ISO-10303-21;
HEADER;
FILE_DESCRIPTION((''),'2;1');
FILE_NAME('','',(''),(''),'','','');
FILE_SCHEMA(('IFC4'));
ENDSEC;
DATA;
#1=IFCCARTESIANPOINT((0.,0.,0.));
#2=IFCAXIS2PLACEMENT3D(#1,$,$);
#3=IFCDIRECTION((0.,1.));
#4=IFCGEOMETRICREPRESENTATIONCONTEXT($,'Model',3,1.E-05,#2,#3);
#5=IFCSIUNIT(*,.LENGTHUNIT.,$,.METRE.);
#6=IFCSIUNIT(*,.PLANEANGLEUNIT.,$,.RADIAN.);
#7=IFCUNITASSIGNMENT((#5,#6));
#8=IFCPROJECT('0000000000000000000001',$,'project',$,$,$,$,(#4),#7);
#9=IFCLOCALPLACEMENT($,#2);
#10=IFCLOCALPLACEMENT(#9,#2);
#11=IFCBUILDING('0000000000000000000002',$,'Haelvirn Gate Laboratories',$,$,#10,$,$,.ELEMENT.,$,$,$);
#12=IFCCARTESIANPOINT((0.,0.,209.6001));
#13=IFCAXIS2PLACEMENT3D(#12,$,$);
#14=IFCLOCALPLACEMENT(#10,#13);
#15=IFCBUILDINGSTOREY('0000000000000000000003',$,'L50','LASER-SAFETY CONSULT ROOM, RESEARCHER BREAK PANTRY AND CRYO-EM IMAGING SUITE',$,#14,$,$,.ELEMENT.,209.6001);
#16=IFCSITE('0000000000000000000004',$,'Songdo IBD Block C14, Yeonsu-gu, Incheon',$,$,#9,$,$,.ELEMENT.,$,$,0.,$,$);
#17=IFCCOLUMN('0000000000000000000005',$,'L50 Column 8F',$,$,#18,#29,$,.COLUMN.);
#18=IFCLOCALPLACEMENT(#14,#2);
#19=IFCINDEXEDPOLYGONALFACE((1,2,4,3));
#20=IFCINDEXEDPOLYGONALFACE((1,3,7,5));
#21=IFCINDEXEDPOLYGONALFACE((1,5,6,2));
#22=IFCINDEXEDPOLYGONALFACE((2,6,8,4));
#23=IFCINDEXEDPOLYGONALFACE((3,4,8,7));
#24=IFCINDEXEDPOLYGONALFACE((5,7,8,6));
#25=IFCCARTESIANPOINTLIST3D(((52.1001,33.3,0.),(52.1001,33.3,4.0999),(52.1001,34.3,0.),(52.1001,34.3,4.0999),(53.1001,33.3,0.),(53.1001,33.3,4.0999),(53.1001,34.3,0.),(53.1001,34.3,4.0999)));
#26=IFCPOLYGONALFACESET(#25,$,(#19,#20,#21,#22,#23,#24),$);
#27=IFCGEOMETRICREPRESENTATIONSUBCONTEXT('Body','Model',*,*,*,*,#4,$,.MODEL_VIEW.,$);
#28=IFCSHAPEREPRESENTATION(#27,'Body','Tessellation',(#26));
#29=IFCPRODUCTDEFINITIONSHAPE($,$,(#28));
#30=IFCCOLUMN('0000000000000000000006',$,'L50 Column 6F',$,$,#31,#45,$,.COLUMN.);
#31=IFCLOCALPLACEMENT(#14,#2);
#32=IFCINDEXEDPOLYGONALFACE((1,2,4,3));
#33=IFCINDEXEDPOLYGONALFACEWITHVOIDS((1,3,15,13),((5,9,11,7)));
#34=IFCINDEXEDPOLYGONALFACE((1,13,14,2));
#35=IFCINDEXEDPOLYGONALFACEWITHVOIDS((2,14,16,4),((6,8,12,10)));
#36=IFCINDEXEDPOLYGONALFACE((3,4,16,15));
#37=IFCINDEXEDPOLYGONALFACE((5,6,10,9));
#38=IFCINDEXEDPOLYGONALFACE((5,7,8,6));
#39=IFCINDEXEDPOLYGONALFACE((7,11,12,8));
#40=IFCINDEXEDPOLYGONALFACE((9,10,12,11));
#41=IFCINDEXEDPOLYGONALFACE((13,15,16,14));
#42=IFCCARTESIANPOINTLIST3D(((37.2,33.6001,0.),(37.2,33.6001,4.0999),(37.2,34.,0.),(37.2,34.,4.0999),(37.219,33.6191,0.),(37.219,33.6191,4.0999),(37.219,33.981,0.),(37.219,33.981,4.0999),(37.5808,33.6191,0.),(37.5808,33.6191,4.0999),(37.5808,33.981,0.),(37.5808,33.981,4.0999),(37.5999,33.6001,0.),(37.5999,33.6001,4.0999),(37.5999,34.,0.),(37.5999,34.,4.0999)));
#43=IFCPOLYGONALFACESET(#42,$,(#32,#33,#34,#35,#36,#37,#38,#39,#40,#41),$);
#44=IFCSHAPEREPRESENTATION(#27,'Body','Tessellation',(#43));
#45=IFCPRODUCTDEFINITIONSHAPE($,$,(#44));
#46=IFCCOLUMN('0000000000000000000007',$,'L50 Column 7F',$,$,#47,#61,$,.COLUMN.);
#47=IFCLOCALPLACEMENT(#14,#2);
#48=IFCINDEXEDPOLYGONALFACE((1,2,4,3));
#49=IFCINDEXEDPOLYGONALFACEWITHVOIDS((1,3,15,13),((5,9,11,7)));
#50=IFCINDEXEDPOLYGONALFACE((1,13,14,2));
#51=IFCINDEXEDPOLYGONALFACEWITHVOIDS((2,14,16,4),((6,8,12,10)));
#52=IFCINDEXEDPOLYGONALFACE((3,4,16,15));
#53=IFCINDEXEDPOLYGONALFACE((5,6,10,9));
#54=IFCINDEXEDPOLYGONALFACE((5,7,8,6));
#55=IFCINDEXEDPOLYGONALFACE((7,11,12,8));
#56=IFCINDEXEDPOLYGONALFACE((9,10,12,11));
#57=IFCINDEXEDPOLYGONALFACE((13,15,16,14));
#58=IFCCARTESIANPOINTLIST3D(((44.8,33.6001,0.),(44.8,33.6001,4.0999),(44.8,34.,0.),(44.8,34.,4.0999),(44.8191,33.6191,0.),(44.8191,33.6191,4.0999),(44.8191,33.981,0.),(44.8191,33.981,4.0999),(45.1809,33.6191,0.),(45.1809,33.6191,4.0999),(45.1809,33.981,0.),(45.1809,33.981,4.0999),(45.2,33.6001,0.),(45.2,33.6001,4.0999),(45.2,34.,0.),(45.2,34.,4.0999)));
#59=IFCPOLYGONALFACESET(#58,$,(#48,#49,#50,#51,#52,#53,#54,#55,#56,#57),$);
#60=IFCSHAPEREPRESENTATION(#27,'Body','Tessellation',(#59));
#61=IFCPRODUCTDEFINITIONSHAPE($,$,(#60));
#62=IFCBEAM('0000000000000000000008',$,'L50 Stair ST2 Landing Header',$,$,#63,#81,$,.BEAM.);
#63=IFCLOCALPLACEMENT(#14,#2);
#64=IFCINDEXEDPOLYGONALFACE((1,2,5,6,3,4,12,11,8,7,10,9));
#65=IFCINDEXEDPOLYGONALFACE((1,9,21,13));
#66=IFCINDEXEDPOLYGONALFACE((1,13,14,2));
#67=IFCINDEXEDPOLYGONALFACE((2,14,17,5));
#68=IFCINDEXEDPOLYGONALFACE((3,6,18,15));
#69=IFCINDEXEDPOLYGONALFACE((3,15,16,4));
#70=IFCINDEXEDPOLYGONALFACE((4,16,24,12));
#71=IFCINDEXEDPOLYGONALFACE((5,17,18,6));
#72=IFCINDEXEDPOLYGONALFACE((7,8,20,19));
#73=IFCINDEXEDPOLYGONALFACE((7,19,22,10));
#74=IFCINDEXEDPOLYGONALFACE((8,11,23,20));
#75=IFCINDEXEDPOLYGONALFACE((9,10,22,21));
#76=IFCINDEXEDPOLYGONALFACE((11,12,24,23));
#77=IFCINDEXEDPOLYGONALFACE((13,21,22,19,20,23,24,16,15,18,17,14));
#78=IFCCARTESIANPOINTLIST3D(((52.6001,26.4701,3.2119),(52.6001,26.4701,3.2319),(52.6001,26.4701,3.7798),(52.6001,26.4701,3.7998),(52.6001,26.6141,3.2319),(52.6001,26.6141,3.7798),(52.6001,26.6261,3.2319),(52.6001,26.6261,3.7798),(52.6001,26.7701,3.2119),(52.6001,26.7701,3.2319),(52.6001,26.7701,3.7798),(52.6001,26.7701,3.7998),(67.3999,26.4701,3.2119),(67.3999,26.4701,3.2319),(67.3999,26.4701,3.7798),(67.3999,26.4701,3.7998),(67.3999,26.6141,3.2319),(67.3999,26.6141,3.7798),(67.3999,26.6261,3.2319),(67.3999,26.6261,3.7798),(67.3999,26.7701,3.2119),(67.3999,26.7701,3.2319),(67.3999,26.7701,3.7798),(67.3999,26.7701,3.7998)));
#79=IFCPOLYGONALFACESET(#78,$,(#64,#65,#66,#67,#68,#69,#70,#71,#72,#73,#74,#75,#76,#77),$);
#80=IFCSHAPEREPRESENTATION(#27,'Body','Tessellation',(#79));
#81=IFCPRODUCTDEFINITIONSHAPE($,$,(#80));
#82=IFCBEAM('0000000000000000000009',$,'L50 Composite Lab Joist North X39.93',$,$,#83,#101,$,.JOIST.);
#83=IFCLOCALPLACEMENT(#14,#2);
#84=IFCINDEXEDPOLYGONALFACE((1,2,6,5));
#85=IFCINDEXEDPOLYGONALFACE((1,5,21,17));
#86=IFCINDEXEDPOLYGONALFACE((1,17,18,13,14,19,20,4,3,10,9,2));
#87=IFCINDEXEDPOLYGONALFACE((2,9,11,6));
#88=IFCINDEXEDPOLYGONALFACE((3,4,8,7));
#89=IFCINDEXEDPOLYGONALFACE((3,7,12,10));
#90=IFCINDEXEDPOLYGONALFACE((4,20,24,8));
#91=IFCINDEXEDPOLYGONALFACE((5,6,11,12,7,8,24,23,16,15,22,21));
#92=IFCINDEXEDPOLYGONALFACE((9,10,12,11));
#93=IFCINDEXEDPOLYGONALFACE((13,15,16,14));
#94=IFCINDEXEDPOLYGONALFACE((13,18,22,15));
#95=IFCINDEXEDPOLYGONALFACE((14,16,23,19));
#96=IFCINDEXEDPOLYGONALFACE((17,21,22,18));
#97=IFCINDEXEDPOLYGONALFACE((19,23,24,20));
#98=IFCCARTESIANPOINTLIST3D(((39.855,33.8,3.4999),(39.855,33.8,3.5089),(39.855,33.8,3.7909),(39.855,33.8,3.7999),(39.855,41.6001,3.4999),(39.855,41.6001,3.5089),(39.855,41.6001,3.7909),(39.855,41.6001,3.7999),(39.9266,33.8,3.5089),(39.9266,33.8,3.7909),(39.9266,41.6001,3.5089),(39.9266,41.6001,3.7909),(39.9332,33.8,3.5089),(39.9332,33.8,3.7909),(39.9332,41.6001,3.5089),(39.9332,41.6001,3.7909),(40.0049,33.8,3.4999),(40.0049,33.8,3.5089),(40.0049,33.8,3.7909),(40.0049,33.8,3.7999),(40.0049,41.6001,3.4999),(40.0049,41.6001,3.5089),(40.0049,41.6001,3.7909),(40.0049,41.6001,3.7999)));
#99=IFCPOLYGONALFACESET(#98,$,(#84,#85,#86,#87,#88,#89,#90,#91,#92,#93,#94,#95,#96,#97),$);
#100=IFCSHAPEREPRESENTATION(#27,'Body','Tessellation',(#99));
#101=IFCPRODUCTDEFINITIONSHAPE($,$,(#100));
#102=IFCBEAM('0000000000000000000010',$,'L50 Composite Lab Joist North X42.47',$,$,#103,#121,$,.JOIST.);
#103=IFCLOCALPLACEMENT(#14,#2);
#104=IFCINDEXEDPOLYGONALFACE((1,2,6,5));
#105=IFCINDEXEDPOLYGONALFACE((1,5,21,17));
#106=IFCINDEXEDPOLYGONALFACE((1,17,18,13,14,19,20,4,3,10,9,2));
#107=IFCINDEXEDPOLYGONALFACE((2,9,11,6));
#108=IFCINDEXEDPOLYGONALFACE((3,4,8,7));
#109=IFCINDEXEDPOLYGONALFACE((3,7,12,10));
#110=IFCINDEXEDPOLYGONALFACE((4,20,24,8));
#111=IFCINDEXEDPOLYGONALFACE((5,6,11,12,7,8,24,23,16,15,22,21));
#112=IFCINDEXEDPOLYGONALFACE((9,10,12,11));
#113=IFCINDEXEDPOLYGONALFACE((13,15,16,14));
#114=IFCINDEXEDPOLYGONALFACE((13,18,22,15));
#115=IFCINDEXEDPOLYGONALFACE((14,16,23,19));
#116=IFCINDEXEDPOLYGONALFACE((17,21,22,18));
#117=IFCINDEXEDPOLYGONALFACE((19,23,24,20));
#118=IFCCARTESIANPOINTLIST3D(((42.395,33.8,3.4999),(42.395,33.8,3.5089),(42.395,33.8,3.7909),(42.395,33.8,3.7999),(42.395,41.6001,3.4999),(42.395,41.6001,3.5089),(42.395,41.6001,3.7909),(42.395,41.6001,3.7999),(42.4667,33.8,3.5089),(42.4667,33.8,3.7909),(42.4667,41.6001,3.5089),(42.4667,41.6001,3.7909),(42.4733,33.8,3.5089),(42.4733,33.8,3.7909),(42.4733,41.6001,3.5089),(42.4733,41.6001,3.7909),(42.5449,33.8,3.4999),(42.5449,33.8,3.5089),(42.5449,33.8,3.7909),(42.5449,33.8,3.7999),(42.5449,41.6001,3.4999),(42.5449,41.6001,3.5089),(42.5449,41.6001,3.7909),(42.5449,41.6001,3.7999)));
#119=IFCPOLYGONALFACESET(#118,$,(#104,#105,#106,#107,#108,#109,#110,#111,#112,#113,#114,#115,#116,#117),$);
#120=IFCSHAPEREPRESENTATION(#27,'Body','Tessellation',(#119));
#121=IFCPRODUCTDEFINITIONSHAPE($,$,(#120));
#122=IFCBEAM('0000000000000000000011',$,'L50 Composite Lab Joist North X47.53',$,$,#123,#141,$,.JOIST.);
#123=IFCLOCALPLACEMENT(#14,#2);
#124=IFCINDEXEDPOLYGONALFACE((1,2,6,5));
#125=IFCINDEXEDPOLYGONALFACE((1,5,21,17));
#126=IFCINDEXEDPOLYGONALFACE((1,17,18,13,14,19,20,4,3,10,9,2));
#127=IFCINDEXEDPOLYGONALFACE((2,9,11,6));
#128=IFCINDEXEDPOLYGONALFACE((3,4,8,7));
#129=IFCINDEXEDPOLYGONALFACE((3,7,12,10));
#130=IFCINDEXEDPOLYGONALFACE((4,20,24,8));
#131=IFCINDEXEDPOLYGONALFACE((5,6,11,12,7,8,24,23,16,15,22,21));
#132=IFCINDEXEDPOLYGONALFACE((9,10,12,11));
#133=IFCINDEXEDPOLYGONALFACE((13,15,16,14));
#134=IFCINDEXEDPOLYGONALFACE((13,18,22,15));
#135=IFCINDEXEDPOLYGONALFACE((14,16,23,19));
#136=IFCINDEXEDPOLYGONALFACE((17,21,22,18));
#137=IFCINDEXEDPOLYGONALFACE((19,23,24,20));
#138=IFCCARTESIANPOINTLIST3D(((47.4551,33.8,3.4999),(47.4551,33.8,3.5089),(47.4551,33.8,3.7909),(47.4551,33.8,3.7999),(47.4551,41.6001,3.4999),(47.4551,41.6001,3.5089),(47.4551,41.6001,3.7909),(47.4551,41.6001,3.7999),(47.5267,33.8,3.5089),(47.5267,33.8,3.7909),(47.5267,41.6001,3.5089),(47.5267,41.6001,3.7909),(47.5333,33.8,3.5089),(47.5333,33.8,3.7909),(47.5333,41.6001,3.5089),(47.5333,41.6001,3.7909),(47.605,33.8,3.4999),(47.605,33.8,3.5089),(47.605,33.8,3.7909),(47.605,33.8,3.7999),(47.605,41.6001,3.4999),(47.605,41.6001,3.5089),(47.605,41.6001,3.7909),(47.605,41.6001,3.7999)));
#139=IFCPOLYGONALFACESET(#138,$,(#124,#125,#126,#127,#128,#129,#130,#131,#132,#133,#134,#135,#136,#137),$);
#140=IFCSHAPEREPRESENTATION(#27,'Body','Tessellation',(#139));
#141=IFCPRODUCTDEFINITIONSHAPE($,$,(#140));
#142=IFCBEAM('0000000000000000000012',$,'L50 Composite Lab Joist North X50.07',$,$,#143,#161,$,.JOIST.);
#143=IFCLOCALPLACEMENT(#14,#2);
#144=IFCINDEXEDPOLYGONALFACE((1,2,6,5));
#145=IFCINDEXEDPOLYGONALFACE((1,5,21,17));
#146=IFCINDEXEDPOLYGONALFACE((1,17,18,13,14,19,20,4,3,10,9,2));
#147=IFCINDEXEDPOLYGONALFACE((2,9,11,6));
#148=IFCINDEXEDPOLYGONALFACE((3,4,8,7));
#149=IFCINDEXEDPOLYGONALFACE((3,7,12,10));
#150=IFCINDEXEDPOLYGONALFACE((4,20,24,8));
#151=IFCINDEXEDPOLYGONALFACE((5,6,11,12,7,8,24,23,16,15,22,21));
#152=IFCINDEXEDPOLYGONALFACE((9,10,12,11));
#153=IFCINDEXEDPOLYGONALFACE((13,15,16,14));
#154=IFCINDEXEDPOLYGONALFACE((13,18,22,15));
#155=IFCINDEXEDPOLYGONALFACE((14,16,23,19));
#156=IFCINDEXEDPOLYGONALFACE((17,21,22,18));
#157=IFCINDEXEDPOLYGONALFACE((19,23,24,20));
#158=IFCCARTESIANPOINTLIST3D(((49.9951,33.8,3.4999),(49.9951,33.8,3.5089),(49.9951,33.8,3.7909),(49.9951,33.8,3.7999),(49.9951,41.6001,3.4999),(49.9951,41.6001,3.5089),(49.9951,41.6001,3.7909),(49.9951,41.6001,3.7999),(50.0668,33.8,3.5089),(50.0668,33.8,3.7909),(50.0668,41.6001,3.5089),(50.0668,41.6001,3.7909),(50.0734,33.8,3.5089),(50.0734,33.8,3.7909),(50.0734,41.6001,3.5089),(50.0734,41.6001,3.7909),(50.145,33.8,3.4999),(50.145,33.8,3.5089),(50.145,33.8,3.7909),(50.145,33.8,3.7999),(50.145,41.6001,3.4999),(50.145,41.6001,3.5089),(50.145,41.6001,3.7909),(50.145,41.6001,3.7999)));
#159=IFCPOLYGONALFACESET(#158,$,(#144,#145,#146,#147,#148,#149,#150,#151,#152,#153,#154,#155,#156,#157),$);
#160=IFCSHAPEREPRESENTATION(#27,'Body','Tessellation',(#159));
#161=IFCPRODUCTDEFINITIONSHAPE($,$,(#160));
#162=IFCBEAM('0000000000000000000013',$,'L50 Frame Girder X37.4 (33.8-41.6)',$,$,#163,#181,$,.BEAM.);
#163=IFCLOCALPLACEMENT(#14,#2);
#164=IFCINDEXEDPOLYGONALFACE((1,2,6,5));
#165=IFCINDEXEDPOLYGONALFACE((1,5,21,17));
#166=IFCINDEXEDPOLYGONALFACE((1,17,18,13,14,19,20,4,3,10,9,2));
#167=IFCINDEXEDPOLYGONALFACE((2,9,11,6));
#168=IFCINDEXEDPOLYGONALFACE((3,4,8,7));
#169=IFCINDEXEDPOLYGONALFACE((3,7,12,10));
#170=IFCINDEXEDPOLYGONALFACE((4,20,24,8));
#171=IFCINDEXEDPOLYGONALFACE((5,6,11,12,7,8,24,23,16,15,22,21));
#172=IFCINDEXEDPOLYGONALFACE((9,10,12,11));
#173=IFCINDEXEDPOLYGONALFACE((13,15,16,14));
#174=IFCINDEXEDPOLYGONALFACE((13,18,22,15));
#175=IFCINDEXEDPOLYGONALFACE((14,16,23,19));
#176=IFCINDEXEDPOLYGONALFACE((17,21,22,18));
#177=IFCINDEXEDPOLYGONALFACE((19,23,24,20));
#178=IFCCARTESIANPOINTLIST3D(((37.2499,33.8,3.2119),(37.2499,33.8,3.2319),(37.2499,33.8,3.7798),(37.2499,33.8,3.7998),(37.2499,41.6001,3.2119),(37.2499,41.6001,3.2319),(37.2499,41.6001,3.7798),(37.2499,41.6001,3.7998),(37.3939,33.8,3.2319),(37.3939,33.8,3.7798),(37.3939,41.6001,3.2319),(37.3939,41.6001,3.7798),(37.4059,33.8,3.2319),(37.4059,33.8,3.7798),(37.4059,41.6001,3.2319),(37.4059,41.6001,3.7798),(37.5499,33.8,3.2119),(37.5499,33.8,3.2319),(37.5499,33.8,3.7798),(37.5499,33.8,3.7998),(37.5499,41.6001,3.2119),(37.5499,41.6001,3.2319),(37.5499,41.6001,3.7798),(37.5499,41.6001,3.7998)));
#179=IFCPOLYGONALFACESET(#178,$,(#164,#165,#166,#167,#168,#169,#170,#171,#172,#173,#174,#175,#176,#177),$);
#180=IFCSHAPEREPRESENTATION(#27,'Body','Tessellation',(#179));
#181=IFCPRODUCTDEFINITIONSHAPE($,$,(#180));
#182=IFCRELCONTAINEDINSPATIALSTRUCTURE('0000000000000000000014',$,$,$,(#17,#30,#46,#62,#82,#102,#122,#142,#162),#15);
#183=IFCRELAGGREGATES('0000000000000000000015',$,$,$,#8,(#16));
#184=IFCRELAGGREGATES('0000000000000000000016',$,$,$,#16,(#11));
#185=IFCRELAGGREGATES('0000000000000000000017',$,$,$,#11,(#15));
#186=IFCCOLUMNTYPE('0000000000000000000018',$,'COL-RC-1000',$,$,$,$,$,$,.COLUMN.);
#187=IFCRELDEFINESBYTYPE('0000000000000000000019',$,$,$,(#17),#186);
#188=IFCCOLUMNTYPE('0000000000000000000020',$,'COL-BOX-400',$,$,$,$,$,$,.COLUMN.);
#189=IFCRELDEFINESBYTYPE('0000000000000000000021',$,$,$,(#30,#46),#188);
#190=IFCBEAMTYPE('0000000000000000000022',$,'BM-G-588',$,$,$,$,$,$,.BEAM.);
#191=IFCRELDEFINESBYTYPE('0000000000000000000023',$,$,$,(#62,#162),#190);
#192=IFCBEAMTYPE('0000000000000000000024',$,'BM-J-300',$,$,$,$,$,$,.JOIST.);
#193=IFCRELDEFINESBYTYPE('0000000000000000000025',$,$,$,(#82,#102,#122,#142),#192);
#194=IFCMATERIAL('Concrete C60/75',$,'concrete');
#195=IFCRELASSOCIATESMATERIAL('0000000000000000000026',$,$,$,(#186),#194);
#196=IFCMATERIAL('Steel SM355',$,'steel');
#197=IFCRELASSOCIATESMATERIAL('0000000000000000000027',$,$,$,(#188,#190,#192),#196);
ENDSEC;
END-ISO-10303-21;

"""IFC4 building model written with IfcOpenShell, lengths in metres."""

from ifc_helpers import new_model, si_unit, direction, frame, origin, origin_2d, place, context, subcontext, project, spatial, rectangle, hollow_rectangle, i_section, extrude, source, transform, mapped, material, material_profile, profile_set, type_object, type_shapes, element, save


model = new_model("IFC4")

# Units and contexts
model_context = context("Model", 3, precision=1e-05, world=origin(), true_north=direction((0.0, 1.0)))
body_context = subcontext(model_context, "Body", "Model", "MODEL_VIEW")
ifc_project = project(units=[si_unit("LENGTHUNIT", "METRE"), si_unit("PLANEANGLEUNIT", "RADIAN")], contexts=[model_context])

# Site, building, storey
site_placement = place(None, origin())
site = spatial("IfcSite", under=ifc_project, at=site_placement, Name="Songdo IBD Block C14, Yeonsu-gu, Incheon", CompositionType="ELEMENT", RefElevation=0.0)
building_placement = place(site_placement, origin())
building = spatial("IfcBuilding", under=site, at=building_placement, Name="Haelvirn Gate Laboratories", CompositionType="ELEMENT")
storey_placement = place(building_placement, frame((0.0, 0.0, 209.6001)))
storey = spatial("IfcBuildingStorey", under=building, at=storey_placement, Name="L50", Description="LASER-SAFETY CONSULT ROOM, RESEARCHER BREAK PANTRY AND CRYO-EM IMAGING SUITE", CompositionType="ELEMENT", Elevation=209.6001)

# Columns
ifc_material_1 = material(Name="Concrete C60/75", Category="concrete")
ifc_material_profile_1 = material_profile(ifc_material_1, rectangle(XDim=1.0, YDim=1.0, at=origin_2d()), Name="RC-1000x1000")
ifc_profile_set_1 = profile_set([ifc_material_profile_1], Name="Concrete C60/75")
column_type_1 = type_object("IfcColumnType", Name="COL-RC-1000", PredefinedType="COLUMN", material=ifc_profile_set_1)
shared_shape_1 = source(origin(), body_context, "Body", "SweptSolid", [
    extrude(rectangle(XDim=1.0, YDim=1.0, at=origin_2d()), origin(), (0.0, 0.0, 1.0), 4.0999),
])
type_shapes(column_type_1, [shared_shape_1])
column_placement = place(storey_placement, frame((52.6001, 33.8, 0.0), z_axis=(0.0, 0.0, 1.0), x_axis=(1.0, 0.0, 0.0)))
element("IfcColumn", 1, at=column_placement, inside=storey, type_object=column_type_1, Name="L50 Column 8F", PredefinedType="COLUMN", context=body_context, shape_type="MappedRepresentation", body=[
    mapped(shared_shape_1, transform((0.0, 0.0, 0.0), scale=1.0)),
])
ifc_material_2 = material(Name="Steel SM355", Category="steel")
ifc_material_profile_2 = material_profile(ifc_material_2, hollow_rectangle(XDim=0.3999, YDim=0.3999, WallThickness=0.019, at=origin_2d()), Name="BOX-400x400x19")
ifc_profile_set_2 = profile_set([ifc_material_profile_2], Name="Steel SM355")
column_type_2 = type_object("IfcColumnType", Name="COL-BOX-400", PredefinedType="COLUMN", material=ifc_profile_set_2)
shared_shape_2 = source(origin(), body_context, "Body", "SweptSolid", [
    extrude(hollow_rectangle(XDim=0.3999, YDim=0.3999, WallThickness=0.019, at=origin_2d()), origin(), (0.0, 0.0, 1.0), 4.0999),
])
type_shapes(column_type_2, [shared_shape_2])
for number, where, z_axis, x_axis, name in (
    (2, (37.3999, 33.8, 0.0), (0.0, 0.0, 1.0), (1.0, 0.0, 0.0), "L50 Column 6F"),
    (3, (45.0, 33.8, 0.0), (0.0, 0.0, 1.0), (1.0, 0.0, 0.0), "L50 Column 7F"),
):
    element("IfcColumn", number, at=place(storey_placement, frame(where, z_axis=z_axis, x_axis=x_axis)), inside=storey, type_object=column_type_2, Name=name, PredefinedType="COLUMN", context=body_context, shape_type="MappedRepresentation", body=[
        mapped(shared_shape_2, transform((0.0, 0.0, 0.0), scale=1.0)),
    ])

# Beams
ifc_material_profile_3 = material_profile(ifc_material_2, i_section(OverallWidth=0.3, OverallDepth=0.5879, WebThickness=0.012, FlangeThickness=0.02, at=origin_2d()), Name="H-588x300x12x20")
ifc_profile_set_3 = profile_set([ifc_material_profile_3], Name="Steel SM355")
beam_type_1 = type_object("IfcBeamType", Name="BM-G-588", PredefinedType="BEAM", material=ifc_profile_set_3)
shared_shape_3 = source(origin(), body_context, "Body", "SweptSolid", [
    extrude(i_section(OverallWidth=0.3, OverallDepth=0.5879, WebThickness=0.012, FlangeThickness=0.02, at=origin_2d()), origin(), (0.0, 0.0, 1.0), 14.7998),
])
beam_1_placement = place(storey_placement, frame((52.6001, 26.6201, 3.5059), z_axis=(1.0, 0.0, 0.0), x_axis=(0.0, 1.0, 0.0)))
element("IfcBeam", 4, at=beam_1_placement, inside=storey, type_object=beam_type_1, Name="L50 Stair ST2 Landing Header", PredefinedType="BEAM", context=body_context, shape_type="MappedRepresentation", body=[
    mapped(shared_shape_3, transform((0.0, 0.0, 0.0), scale=1.0)),
])
ifc_material_profile_4 = material_profile(ifc_material_2, i_section(OverallWidth=0.1499, OverallDepth=0.3, WebThickness=0.0066, FlangeThickness=0.009, at=origin_2d()), Name="H-300x150x6.5x9")
ifc_profile_set_4 = profile_set([ifc_material_profile_4], Name="Steel SM355")
beam_type_2 = type_object("IfcBeamType", Name="BM-J-300", PredefinedType="JOIST", material=ifc_profile_set_4)
shared_shape_4 = source(origin(), body_context, "Body", "SweptSolid", [
    extrude(i_section(OverallWidth=0.1499, OverallDepth=0.3, WebThickness=0.0066, FlangeThickness=0.009, at=origin_2d()), origin(), (0.0, 0.0, 1.0), 7.8),
])
type_shapes(beam_type_2, [shared_shape_4])
for number, where, z_axis, x_axis, name in (
    (5, (39.9299, 33.8, 3.6499), (0.0, 1.0, 0.0), (-1.0, 0.0, 0.0), "L50 Composite Lab Joist North X39.93"),
    (6, (42.47, 33.8, 3.6499), (0.0, 1.0, 0.0), (-1.0, 0.0, 0.0), "L50 Composite Lab Joist North X42.47"),
    (7, (47.53, 33.8, 3.6499), (0.0, 1.0, 0.0), (-1.0, 0.0, 0.0), "L50 Composite Lab Joist North X47.53"),
    (8, (50.0701, 33.8, 3.6499), (0.0, 1.0, 0.0), (-1.0, 0.0, 0.0), "L50 Composite Lab Joist North X50.07"),
):
    element("IfcBeam", number, at=place(storey_placement, frame(where, z_axis=z_axis, x_axis=x_axis)), inside=storey, type_object=beam_type_2, Name=name, PredefinedType="JOIST", context=body_context, shape_type="MappedRepresentation", body=[
        mapped(shared_shape_4, transform((0.0, 0.0, 0.0), scale=1.0)),
    ])
shared_shape_5 = source(origin(), body_context, "Body", "SweptSolid", [
    extrude(i_section(OverallWidth=0.3, OverallDepth=0.5879, WebThickness=0.012, FlangeThickness=0.02, at=origin_2d()), origin(), (0.0, 0.0, 1.0), 7.8),
])
type_shapes(beam_type_1, [shared_shape_3, shared_shape_5])
for number, where, z_axis, x_axis, name in (
    (9, (37.3999, 33.8, 3.5059), (0.0, 1.0, 0.0), (-1.0, 0.0, 0.0), "L50 Frame Girder X37.4 (33.8-41.6)"),
):
    element("IfcBeam", number, at=place(storey_placement, frame(where, z_axis=z_axis, x_axis=x_axis)), inside=storey, type_object=beam_type_1, Name=name, PredefinedType="BEAM", context=body_context, shape_type="MappedRepresentation", body=[
        mapped(shared_shape_5, transform((0.0, 0.0, 0.0), scale=1.0)),
    ])

save(model, "model.ifc")
